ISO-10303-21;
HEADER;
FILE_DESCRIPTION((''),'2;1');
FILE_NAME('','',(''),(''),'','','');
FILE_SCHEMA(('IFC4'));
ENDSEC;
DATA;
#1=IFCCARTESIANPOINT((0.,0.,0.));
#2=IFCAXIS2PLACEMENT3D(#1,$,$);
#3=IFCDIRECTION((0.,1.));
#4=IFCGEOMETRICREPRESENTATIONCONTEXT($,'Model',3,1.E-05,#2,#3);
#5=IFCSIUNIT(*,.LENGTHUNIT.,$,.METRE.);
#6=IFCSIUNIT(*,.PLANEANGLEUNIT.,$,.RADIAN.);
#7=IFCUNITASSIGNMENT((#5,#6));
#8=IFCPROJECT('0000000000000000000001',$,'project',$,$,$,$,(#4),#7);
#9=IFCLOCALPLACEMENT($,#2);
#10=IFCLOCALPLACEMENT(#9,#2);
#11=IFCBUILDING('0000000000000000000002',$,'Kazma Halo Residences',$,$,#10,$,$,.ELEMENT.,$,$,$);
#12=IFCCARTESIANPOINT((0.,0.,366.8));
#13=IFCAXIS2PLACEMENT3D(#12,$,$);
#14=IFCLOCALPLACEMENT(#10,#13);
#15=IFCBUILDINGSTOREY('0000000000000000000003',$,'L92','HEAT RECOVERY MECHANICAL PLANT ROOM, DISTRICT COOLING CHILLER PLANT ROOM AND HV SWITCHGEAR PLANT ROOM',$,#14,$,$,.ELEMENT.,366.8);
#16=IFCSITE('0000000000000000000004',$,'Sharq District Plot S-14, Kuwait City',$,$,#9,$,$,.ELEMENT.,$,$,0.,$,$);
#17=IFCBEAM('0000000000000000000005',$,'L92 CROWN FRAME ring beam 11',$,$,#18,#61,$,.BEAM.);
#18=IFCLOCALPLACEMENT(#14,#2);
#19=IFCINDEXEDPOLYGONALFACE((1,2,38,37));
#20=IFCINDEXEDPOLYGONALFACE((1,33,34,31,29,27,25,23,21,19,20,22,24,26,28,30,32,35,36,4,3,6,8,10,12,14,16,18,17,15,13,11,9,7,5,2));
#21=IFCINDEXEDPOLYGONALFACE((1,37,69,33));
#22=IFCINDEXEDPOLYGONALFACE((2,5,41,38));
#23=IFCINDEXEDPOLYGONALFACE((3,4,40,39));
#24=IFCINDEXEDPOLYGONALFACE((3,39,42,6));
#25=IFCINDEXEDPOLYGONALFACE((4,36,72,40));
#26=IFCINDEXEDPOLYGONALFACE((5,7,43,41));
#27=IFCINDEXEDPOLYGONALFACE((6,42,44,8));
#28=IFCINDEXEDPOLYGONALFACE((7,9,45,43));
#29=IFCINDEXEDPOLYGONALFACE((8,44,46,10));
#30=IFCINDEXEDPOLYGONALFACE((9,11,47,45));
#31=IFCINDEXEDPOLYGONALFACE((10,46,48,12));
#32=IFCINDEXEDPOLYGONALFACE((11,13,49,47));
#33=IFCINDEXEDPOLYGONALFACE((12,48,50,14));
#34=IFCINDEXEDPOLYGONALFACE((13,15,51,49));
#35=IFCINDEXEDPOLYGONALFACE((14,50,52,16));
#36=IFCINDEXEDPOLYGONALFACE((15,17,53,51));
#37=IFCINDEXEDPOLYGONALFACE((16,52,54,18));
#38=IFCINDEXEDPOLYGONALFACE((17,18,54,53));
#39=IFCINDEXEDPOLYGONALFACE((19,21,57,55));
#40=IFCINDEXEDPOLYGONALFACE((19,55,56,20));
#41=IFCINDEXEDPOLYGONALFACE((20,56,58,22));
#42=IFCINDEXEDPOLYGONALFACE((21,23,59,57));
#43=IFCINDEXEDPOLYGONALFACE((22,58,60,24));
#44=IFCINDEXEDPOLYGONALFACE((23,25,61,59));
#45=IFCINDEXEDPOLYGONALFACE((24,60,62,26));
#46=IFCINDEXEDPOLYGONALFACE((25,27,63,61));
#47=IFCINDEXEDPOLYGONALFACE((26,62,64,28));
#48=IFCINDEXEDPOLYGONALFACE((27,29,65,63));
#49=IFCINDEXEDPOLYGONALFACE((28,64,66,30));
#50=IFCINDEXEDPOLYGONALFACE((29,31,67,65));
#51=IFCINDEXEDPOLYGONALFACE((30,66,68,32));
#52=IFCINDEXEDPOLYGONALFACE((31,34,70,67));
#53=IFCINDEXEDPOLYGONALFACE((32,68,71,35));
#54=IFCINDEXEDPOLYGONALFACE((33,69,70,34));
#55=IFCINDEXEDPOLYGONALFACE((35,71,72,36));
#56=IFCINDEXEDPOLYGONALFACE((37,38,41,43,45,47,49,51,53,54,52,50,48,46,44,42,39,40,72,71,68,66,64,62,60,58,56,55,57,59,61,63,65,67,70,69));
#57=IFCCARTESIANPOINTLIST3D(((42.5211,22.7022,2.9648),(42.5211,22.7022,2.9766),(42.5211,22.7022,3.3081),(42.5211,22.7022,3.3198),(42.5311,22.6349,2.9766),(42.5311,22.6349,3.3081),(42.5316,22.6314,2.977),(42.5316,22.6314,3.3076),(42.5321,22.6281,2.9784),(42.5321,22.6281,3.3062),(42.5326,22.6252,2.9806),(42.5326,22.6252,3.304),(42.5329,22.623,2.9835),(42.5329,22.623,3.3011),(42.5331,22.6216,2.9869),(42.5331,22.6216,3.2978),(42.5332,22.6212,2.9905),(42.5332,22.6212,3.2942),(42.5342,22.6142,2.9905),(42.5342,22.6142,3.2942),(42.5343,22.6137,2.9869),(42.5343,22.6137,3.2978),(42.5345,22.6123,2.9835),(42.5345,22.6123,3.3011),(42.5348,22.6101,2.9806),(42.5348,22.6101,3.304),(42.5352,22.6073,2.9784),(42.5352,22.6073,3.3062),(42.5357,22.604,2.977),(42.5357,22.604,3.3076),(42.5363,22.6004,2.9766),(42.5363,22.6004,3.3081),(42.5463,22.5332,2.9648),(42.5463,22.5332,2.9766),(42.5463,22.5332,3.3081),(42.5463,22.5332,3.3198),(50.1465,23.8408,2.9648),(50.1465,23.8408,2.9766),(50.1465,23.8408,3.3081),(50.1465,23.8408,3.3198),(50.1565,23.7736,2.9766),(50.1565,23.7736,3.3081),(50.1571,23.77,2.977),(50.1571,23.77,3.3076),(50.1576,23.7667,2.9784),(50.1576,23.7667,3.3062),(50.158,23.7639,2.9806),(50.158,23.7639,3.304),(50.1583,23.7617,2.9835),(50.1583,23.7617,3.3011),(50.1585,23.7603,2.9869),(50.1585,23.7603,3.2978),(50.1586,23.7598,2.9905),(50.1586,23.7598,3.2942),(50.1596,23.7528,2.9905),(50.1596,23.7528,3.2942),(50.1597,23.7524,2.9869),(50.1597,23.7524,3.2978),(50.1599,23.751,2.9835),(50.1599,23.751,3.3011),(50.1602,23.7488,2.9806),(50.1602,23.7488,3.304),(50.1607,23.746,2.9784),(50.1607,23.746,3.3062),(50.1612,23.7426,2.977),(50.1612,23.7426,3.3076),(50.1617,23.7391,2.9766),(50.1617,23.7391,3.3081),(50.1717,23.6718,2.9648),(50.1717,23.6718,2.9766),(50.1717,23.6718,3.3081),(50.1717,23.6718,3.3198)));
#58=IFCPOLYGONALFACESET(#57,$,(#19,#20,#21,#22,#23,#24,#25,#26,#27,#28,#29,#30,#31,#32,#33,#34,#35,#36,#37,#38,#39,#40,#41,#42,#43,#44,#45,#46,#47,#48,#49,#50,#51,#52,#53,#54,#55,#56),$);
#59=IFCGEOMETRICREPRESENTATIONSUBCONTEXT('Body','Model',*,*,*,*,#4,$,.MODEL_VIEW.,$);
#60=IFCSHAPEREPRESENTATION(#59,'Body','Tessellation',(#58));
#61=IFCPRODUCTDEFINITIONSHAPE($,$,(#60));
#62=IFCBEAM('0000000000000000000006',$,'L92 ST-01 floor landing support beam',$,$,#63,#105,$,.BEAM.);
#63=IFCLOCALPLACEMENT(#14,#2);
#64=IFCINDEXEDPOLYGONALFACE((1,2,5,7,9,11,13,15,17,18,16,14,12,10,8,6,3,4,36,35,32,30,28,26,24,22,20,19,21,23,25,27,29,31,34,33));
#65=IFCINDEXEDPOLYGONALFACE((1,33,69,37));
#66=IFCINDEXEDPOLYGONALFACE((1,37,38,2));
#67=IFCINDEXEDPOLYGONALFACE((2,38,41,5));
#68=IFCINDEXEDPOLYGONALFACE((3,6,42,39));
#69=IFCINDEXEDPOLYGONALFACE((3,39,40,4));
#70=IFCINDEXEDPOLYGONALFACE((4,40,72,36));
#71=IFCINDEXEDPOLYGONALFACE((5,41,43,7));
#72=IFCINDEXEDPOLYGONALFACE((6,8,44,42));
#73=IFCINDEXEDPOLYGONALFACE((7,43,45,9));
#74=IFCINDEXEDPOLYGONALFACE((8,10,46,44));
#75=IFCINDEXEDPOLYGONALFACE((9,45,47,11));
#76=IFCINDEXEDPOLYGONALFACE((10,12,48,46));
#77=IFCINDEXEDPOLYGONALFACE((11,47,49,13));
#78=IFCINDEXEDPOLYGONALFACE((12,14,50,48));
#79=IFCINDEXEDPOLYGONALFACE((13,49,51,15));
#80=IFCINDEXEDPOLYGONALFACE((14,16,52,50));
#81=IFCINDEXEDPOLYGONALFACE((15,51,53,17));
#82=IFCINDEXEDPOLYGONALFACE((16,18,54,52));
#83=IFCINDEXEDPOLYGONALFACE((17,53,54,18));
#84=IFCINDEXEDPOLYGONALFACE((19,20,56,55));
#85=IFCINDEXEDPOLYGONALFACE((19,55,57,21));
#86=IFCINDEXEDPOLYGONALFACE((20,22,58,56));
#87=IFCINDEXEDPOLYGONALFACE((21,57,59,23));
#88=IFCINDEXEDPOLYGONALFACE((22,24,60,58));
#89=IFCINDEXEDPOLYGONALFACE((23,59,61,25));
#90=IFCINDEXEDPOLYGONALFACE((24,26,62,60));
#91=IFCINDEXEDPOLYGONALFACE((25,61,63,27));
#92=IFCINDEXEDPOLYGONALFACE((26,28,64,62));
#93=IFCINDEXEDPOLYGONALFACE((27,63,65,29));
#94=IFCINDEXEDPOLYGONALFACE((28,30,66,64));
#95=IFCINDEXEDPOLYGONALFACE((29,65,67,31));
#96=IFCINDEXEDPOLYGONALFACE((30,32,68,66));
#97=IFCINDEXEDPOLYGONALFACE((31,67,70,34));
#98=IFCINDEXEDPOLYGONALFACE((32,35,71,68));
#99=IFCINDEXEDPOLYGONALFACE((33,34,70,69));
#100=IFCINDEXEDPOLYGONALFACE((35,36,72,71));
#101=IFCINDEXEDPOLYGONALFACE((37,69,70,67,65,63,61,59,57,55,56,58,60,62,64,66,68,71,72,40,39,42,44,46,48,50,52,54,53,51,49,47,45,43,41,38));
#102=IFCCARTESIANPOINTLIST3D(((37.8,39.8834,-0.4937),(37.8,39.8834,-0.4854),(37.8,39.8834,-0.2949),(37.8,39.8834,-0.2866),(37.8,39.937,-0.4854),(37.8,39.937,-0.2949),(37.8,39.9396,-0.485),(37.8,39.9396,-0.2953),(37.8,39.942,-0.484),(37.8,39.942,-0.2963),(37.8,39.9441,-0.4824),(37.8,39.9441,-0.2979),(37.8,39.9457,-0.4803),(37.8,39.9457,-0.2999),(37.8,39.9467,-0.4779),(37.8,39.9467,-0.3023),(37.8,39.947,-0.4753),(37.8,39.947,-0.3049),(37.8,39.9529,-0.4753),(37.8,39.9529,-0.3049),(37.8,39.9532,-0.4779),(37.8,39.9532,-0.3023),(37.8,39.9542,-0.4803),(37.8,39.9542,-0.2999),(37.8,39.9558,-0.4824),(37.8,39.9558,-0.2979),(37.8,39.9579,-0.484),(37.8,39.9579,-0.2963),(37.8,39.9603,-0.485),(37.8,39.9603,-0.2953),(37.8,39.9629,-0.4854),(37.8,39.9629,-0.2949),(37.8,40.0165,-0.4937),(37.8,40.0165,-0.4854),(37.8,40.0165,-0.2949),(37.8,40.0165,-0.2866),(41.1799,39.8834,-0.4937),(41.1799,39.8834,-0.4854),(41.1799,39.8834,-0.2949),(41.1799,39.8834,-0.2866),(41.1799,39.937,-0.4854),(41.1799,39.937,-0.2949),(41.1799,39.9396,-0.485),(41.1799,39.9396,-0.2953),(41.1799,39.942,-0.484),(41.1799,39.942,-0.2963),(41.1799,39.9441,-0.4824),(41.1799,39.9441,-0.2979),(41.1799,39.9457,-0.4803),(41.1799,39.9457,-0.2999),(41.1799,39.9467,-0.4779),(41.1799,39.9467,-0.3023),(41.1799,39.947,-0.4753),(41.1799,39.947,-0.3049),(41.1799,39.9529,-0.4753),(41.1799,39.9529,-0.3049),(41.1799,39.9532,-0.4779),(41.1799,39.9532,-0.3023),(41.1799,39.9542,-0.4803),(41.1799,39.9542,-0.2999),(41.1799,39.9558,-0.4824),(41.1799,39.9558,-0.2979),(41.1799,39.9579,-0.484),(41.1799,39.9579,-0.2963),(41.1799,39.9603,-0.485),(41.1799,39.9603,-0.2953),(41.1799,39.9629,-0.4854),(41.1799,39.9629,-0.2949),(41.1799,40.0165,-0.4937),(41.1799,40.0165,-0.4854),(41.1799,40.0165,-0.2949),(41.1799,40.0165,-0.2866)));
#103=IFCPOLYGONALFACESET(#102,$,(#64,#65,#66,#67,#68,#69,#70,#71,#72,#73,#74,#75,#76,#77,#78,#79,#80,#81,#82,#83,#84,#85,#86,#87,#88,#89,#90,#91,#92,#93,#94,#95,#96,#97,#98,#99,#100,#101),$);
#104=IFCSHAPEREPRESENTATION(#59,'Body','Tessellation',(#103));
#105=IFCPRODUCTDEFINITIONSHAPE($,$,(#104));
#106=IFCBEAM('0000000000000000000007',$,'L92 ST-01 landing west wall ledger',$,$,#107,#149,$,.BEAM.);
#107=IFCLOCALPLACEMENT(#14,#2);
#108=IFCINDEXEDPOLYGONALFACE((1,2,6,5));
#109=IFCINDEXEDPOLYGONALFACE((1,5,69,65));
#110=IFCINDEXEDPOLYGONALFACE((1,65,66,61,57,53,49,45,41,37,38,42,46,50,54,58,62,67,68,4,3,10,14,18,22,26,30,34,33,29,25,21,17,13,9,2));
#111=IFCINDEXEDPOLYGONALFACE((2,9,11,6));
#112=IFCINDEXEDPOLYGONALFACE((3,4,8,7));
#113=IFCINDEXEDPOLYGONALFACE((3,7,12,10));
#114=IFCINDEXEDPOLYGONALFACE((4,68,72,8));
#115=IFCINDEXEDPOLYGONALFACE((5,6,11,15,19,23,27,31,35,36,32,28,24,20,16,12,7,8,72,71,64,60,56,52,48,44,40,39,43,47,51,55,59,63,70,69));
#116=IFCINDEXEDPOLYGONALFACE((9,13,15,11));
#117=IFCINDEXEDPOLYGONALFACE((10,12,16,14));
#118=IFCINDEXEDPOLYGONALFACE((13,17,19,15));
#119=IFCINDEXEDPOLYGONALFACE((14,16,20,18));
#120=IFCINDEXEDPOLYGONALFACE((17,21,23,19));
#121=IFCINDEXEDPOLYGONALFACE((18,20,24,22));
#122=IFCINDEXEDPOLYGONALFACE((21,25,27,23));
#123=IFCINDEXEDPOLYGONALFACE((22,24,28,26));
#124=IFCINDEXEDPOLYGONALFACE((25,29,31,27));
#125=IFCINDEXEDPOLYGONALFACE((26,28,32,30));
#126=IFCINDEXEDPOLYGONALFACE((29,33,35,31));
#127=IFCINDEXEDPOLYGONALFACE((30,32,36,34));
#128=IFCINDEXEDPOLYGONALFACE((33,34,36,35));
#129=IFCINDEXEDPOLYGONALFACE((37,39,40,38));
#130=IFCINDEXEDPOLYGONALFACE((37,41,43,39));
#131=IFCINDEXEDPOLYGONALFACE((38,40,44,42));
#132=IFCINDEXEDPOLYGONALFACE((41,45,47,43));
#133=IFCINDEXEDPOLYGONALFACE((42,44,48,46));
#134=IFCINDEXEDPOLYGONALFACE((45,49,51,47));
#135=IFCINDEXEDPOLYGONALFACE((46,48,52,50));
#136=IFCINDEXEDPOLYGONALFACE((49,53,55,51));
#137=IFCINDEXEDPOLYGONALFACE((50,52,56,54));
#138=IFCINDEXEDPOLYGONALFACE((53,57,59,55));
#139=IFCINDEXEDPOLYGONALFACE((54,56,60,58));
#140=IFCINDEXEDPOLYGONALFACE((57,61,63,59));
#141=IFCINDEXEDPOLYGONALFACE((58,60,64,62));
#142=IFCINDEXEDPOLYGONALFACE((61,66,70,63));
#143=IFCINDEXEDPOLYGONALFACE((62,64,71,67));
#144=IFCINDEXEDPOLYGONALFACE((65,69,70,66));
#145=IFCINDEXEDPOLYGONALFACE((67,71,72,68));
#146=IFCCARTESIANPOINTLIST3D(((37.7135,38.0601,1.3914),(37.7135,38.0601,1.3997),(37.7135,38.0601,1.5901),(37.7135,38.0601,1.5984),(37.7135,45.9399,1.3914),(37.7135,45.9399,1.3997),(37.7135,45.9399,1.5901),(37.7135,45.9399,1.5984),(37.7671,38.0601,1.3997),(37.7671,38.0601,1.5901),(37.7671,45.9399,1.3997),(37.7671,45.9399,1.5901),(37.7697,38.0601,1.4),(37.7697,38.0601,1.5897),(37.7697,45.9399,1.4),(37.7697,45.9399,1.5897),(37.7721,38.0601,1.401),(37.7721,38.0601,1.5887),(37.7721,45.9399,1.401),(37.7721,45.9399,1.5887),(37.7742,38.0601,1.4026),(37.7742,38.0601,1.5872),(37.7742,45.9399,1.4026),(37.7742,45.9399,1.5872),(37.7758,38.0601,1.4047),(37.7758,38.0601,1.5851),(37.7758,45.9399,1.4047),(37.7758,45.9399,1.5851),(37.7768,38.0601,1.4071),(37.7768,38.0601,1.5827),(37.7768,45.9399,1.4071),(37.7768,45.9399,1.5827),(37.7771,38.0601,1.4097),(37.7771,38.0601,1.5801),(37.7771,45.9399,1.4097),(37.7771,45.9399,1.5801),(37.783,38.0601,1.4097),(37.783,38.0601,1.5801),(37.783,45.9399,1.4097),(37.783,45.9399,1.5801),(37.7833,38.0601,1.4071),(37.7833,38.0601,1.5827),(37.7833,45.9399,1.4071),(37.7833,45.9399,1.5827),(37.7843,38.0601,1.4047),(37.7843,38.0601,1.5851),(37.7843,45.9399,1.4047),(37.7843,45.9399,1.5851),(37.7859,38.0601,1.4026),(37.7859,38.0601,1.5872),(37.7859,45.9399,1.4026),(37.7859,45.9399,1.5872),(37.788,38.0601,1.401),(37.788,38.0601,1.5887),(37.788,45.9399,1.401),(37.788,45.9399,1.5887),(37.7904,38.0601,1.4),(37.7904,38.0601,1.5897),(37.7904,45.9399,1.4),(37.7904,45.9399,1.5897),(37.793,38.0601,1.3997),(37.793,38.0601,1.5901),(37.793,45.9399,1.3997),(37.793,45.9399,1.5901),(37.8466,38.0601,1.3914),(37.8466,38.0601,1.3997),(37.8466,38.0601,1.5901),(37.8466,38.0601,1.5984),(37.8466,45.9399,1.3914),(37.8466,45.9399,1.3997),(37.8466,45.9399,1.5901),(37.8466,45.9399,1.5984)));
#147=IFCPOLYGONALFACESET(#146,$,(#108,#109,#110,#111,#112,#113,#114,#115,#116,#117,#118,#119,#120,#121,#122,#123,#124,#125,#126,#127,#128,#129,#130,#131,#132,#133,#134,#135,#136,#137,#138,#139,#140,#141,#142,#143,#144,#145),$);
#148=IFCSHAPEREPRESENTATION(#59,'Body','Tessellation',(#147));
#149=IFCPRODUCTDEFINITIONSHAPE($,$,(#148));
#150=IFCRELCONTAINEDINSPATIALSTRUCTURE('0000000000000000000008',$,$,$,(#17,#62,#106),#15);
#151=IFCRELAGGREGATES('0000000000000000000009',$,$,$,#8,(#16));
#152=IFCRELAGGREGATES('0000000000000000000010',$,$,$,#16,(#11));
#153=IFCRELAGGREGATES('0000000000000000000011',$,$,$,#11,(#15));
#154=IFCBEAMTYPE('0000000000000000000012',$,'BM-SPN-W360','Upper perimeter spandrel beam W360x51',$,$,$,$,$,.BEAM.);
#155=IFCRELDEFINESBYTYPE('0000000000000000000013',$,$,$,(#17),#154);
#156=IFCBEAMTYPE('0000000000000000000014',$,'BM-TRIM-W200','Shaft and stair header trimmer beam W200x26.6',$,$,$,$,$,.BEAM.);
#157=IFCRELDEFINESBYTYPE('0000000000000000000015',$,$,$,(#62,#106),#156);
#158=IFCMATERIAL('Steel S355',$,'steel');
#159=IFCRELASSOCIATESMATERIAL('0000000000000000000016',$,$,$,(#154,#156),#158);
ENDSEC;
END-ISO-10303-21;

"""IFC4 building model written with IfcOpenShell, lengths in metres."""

from ifc_helpers import new_model, si_unit, direction, frame, origin, origin_2d, place, context, subcontext, project, spatial, i_section, extrude, material, material_profile, profile_set, type_object, element, save


model = new_model("IFC4")

# Units and contexts
model_context = context("Model", 3, precision=1e-05, world=origin(), true_north=direction((0.0, 1.0)))
body_context = subcontext(model_context, "Body", "Model", "MODEL_VIEW")
ifc_project = project(units=[si_unit("LENGTHUNIT", "METRE"), si_unit("PLANEANGLEUNIT", "RADIAN")], contexts=[model_context])

# Site, building, storey
site_placement = place(None, origin())
site = spatial("IfcSite", under=ifc_project, at=site_placement, Name="Sharq District Plot S-14, Kuwait City", CompositionType="ELEMENT", RefElevation=0.0)
building_placement = place(site_placement, origin())
building = spatial("IfcBuilding", under=site, at=building_placement, Name="Kazma Halo Residences", CompositionType="ELEMENT")
storey_placement = place(building_placement, frame((0.0, 0.0, 366.8)))
storey = spatial("IfcBuildingStorey", under=building, at=storey_placement, Name="L92", Description="HEAT RECOVERY MECHANICAL PLANT ROOM, DISTRICT COOLING CHILLER PLANT ROOM AND HV SWITCHGEAR PLANT ROOM", CompositionType="ELEMENT", Elevation=366.8)

# Shared definitions
ifc_material_1 = material(Name="Steel S355", Category="steel")

# Beams
ifc_material_profile_1 = material_profile(ifc_material_1, i_section(OverallWidth=0.1709, OverallDepth=0.355, WebThickness=0.0071, FlangeThickness=0.0117, FilletRadius=0.0139, at=origin_2d()), Name="W360x51")
ifc_profile_set_1 = profile_set([ifc_material_profile_1], Name="Steel S355")
beam_type_1 = type_object("IfcBeamType", Name="BM-SPN-W360", Description="Upper perimeter spandrel beam W360x51", PredefinedType="BEAM", material=ifc_profile_set_1)
beam_1_placement = place(storey_placement, frame((42.5337, 22.6177, 3.1423), z_axis=(0.989034, 0.147687, 0.0), x_axis=(-0.147687, 0.989034, 0.0)))
element("IfcBeam", 1, at=beam_1_placement, inside=storey, type_object=beam_type_1, Name="L92 CROWN FRAME ring beam 11", PredefinedType="BEAM", context=body_context, shape_type="SweptSolid", body=[
    extrude(i_section(OverallWidth=0.1709, OverallDepth=0.355, WebThickness=0.0071, FlangeThickness=0.0117, FilletRadius=0.0139, at=origin_2d()), origin(), (0.0, 0.0, 1.0), 7.71),
])
ifc_material_profile_2 = material_profile(ifc_material_1, i_section(OverallWidth=0.1331, OverallDepth=0.207, WebThickness=0.0059, FlangeThickness=0.0083, FilletRadius=0.01, at=origin_2d()), Name="W200x26.6")
ifc_profile_set_2 = profile_set([ifc_material_profile_2], Name="Steel S355")
beam_type_2 = type_object("IfcBeamType", Name="BM-TRIM-W200", Description="Shaft and stair header trimmer beam W200x26.6", PredefinedType="BEAM", material=ifc_profile_set_2)
beam_2_placement = place(storey_placement, frame((37.8, 39.95, -0.3901), z_axis=(1.0, 0.0, 0.0), x_axis=(0.0, 1.0, 0.0)))
element("IfcBeam", 2, at=beam_2_placement, inside=storey, type_object=beam_type_2, Name="L92 ST-01 floor landing support beam", PredefinedType="BEAM", context=body_context, shape_type="SweptSolid", body=[
    extrude(i_section(OverallWidth=0.1331, OverallDepth=0.207, WebThickness=0.0059, FlangeThickness=0.0083, FilletRadius=0.01, at=origin_2d()), origin(), (0.0, 0.0, 1.0), 3.3799),
])
beam_3_placement = place(storey_placement, frame((37.78, 38.0601, 1.4949), z_axis=(0.0, 1.0, 0.0), x_axis=(-1.0, 0.0, 0.0)))
element("IfcBeam", 3, at=beam_3_placement, inside=storey, type_object=beam_type_2, Name="L92 ST-01 landing west wall ledger", PredefinedType="BEAM", context=body_context, shape_type="SweptSolid", body=[
    extrude(i_section(OverallWidth=0.1331, OverallDepth=0.207, WebThickness=0.0059, FlangeThickness=0.0083, FilletRadius=0.01, at=origin_2d()), origin(), (0.0, 0.0, 1.0), 7.8799),
])

save(model, "model.ifc")
